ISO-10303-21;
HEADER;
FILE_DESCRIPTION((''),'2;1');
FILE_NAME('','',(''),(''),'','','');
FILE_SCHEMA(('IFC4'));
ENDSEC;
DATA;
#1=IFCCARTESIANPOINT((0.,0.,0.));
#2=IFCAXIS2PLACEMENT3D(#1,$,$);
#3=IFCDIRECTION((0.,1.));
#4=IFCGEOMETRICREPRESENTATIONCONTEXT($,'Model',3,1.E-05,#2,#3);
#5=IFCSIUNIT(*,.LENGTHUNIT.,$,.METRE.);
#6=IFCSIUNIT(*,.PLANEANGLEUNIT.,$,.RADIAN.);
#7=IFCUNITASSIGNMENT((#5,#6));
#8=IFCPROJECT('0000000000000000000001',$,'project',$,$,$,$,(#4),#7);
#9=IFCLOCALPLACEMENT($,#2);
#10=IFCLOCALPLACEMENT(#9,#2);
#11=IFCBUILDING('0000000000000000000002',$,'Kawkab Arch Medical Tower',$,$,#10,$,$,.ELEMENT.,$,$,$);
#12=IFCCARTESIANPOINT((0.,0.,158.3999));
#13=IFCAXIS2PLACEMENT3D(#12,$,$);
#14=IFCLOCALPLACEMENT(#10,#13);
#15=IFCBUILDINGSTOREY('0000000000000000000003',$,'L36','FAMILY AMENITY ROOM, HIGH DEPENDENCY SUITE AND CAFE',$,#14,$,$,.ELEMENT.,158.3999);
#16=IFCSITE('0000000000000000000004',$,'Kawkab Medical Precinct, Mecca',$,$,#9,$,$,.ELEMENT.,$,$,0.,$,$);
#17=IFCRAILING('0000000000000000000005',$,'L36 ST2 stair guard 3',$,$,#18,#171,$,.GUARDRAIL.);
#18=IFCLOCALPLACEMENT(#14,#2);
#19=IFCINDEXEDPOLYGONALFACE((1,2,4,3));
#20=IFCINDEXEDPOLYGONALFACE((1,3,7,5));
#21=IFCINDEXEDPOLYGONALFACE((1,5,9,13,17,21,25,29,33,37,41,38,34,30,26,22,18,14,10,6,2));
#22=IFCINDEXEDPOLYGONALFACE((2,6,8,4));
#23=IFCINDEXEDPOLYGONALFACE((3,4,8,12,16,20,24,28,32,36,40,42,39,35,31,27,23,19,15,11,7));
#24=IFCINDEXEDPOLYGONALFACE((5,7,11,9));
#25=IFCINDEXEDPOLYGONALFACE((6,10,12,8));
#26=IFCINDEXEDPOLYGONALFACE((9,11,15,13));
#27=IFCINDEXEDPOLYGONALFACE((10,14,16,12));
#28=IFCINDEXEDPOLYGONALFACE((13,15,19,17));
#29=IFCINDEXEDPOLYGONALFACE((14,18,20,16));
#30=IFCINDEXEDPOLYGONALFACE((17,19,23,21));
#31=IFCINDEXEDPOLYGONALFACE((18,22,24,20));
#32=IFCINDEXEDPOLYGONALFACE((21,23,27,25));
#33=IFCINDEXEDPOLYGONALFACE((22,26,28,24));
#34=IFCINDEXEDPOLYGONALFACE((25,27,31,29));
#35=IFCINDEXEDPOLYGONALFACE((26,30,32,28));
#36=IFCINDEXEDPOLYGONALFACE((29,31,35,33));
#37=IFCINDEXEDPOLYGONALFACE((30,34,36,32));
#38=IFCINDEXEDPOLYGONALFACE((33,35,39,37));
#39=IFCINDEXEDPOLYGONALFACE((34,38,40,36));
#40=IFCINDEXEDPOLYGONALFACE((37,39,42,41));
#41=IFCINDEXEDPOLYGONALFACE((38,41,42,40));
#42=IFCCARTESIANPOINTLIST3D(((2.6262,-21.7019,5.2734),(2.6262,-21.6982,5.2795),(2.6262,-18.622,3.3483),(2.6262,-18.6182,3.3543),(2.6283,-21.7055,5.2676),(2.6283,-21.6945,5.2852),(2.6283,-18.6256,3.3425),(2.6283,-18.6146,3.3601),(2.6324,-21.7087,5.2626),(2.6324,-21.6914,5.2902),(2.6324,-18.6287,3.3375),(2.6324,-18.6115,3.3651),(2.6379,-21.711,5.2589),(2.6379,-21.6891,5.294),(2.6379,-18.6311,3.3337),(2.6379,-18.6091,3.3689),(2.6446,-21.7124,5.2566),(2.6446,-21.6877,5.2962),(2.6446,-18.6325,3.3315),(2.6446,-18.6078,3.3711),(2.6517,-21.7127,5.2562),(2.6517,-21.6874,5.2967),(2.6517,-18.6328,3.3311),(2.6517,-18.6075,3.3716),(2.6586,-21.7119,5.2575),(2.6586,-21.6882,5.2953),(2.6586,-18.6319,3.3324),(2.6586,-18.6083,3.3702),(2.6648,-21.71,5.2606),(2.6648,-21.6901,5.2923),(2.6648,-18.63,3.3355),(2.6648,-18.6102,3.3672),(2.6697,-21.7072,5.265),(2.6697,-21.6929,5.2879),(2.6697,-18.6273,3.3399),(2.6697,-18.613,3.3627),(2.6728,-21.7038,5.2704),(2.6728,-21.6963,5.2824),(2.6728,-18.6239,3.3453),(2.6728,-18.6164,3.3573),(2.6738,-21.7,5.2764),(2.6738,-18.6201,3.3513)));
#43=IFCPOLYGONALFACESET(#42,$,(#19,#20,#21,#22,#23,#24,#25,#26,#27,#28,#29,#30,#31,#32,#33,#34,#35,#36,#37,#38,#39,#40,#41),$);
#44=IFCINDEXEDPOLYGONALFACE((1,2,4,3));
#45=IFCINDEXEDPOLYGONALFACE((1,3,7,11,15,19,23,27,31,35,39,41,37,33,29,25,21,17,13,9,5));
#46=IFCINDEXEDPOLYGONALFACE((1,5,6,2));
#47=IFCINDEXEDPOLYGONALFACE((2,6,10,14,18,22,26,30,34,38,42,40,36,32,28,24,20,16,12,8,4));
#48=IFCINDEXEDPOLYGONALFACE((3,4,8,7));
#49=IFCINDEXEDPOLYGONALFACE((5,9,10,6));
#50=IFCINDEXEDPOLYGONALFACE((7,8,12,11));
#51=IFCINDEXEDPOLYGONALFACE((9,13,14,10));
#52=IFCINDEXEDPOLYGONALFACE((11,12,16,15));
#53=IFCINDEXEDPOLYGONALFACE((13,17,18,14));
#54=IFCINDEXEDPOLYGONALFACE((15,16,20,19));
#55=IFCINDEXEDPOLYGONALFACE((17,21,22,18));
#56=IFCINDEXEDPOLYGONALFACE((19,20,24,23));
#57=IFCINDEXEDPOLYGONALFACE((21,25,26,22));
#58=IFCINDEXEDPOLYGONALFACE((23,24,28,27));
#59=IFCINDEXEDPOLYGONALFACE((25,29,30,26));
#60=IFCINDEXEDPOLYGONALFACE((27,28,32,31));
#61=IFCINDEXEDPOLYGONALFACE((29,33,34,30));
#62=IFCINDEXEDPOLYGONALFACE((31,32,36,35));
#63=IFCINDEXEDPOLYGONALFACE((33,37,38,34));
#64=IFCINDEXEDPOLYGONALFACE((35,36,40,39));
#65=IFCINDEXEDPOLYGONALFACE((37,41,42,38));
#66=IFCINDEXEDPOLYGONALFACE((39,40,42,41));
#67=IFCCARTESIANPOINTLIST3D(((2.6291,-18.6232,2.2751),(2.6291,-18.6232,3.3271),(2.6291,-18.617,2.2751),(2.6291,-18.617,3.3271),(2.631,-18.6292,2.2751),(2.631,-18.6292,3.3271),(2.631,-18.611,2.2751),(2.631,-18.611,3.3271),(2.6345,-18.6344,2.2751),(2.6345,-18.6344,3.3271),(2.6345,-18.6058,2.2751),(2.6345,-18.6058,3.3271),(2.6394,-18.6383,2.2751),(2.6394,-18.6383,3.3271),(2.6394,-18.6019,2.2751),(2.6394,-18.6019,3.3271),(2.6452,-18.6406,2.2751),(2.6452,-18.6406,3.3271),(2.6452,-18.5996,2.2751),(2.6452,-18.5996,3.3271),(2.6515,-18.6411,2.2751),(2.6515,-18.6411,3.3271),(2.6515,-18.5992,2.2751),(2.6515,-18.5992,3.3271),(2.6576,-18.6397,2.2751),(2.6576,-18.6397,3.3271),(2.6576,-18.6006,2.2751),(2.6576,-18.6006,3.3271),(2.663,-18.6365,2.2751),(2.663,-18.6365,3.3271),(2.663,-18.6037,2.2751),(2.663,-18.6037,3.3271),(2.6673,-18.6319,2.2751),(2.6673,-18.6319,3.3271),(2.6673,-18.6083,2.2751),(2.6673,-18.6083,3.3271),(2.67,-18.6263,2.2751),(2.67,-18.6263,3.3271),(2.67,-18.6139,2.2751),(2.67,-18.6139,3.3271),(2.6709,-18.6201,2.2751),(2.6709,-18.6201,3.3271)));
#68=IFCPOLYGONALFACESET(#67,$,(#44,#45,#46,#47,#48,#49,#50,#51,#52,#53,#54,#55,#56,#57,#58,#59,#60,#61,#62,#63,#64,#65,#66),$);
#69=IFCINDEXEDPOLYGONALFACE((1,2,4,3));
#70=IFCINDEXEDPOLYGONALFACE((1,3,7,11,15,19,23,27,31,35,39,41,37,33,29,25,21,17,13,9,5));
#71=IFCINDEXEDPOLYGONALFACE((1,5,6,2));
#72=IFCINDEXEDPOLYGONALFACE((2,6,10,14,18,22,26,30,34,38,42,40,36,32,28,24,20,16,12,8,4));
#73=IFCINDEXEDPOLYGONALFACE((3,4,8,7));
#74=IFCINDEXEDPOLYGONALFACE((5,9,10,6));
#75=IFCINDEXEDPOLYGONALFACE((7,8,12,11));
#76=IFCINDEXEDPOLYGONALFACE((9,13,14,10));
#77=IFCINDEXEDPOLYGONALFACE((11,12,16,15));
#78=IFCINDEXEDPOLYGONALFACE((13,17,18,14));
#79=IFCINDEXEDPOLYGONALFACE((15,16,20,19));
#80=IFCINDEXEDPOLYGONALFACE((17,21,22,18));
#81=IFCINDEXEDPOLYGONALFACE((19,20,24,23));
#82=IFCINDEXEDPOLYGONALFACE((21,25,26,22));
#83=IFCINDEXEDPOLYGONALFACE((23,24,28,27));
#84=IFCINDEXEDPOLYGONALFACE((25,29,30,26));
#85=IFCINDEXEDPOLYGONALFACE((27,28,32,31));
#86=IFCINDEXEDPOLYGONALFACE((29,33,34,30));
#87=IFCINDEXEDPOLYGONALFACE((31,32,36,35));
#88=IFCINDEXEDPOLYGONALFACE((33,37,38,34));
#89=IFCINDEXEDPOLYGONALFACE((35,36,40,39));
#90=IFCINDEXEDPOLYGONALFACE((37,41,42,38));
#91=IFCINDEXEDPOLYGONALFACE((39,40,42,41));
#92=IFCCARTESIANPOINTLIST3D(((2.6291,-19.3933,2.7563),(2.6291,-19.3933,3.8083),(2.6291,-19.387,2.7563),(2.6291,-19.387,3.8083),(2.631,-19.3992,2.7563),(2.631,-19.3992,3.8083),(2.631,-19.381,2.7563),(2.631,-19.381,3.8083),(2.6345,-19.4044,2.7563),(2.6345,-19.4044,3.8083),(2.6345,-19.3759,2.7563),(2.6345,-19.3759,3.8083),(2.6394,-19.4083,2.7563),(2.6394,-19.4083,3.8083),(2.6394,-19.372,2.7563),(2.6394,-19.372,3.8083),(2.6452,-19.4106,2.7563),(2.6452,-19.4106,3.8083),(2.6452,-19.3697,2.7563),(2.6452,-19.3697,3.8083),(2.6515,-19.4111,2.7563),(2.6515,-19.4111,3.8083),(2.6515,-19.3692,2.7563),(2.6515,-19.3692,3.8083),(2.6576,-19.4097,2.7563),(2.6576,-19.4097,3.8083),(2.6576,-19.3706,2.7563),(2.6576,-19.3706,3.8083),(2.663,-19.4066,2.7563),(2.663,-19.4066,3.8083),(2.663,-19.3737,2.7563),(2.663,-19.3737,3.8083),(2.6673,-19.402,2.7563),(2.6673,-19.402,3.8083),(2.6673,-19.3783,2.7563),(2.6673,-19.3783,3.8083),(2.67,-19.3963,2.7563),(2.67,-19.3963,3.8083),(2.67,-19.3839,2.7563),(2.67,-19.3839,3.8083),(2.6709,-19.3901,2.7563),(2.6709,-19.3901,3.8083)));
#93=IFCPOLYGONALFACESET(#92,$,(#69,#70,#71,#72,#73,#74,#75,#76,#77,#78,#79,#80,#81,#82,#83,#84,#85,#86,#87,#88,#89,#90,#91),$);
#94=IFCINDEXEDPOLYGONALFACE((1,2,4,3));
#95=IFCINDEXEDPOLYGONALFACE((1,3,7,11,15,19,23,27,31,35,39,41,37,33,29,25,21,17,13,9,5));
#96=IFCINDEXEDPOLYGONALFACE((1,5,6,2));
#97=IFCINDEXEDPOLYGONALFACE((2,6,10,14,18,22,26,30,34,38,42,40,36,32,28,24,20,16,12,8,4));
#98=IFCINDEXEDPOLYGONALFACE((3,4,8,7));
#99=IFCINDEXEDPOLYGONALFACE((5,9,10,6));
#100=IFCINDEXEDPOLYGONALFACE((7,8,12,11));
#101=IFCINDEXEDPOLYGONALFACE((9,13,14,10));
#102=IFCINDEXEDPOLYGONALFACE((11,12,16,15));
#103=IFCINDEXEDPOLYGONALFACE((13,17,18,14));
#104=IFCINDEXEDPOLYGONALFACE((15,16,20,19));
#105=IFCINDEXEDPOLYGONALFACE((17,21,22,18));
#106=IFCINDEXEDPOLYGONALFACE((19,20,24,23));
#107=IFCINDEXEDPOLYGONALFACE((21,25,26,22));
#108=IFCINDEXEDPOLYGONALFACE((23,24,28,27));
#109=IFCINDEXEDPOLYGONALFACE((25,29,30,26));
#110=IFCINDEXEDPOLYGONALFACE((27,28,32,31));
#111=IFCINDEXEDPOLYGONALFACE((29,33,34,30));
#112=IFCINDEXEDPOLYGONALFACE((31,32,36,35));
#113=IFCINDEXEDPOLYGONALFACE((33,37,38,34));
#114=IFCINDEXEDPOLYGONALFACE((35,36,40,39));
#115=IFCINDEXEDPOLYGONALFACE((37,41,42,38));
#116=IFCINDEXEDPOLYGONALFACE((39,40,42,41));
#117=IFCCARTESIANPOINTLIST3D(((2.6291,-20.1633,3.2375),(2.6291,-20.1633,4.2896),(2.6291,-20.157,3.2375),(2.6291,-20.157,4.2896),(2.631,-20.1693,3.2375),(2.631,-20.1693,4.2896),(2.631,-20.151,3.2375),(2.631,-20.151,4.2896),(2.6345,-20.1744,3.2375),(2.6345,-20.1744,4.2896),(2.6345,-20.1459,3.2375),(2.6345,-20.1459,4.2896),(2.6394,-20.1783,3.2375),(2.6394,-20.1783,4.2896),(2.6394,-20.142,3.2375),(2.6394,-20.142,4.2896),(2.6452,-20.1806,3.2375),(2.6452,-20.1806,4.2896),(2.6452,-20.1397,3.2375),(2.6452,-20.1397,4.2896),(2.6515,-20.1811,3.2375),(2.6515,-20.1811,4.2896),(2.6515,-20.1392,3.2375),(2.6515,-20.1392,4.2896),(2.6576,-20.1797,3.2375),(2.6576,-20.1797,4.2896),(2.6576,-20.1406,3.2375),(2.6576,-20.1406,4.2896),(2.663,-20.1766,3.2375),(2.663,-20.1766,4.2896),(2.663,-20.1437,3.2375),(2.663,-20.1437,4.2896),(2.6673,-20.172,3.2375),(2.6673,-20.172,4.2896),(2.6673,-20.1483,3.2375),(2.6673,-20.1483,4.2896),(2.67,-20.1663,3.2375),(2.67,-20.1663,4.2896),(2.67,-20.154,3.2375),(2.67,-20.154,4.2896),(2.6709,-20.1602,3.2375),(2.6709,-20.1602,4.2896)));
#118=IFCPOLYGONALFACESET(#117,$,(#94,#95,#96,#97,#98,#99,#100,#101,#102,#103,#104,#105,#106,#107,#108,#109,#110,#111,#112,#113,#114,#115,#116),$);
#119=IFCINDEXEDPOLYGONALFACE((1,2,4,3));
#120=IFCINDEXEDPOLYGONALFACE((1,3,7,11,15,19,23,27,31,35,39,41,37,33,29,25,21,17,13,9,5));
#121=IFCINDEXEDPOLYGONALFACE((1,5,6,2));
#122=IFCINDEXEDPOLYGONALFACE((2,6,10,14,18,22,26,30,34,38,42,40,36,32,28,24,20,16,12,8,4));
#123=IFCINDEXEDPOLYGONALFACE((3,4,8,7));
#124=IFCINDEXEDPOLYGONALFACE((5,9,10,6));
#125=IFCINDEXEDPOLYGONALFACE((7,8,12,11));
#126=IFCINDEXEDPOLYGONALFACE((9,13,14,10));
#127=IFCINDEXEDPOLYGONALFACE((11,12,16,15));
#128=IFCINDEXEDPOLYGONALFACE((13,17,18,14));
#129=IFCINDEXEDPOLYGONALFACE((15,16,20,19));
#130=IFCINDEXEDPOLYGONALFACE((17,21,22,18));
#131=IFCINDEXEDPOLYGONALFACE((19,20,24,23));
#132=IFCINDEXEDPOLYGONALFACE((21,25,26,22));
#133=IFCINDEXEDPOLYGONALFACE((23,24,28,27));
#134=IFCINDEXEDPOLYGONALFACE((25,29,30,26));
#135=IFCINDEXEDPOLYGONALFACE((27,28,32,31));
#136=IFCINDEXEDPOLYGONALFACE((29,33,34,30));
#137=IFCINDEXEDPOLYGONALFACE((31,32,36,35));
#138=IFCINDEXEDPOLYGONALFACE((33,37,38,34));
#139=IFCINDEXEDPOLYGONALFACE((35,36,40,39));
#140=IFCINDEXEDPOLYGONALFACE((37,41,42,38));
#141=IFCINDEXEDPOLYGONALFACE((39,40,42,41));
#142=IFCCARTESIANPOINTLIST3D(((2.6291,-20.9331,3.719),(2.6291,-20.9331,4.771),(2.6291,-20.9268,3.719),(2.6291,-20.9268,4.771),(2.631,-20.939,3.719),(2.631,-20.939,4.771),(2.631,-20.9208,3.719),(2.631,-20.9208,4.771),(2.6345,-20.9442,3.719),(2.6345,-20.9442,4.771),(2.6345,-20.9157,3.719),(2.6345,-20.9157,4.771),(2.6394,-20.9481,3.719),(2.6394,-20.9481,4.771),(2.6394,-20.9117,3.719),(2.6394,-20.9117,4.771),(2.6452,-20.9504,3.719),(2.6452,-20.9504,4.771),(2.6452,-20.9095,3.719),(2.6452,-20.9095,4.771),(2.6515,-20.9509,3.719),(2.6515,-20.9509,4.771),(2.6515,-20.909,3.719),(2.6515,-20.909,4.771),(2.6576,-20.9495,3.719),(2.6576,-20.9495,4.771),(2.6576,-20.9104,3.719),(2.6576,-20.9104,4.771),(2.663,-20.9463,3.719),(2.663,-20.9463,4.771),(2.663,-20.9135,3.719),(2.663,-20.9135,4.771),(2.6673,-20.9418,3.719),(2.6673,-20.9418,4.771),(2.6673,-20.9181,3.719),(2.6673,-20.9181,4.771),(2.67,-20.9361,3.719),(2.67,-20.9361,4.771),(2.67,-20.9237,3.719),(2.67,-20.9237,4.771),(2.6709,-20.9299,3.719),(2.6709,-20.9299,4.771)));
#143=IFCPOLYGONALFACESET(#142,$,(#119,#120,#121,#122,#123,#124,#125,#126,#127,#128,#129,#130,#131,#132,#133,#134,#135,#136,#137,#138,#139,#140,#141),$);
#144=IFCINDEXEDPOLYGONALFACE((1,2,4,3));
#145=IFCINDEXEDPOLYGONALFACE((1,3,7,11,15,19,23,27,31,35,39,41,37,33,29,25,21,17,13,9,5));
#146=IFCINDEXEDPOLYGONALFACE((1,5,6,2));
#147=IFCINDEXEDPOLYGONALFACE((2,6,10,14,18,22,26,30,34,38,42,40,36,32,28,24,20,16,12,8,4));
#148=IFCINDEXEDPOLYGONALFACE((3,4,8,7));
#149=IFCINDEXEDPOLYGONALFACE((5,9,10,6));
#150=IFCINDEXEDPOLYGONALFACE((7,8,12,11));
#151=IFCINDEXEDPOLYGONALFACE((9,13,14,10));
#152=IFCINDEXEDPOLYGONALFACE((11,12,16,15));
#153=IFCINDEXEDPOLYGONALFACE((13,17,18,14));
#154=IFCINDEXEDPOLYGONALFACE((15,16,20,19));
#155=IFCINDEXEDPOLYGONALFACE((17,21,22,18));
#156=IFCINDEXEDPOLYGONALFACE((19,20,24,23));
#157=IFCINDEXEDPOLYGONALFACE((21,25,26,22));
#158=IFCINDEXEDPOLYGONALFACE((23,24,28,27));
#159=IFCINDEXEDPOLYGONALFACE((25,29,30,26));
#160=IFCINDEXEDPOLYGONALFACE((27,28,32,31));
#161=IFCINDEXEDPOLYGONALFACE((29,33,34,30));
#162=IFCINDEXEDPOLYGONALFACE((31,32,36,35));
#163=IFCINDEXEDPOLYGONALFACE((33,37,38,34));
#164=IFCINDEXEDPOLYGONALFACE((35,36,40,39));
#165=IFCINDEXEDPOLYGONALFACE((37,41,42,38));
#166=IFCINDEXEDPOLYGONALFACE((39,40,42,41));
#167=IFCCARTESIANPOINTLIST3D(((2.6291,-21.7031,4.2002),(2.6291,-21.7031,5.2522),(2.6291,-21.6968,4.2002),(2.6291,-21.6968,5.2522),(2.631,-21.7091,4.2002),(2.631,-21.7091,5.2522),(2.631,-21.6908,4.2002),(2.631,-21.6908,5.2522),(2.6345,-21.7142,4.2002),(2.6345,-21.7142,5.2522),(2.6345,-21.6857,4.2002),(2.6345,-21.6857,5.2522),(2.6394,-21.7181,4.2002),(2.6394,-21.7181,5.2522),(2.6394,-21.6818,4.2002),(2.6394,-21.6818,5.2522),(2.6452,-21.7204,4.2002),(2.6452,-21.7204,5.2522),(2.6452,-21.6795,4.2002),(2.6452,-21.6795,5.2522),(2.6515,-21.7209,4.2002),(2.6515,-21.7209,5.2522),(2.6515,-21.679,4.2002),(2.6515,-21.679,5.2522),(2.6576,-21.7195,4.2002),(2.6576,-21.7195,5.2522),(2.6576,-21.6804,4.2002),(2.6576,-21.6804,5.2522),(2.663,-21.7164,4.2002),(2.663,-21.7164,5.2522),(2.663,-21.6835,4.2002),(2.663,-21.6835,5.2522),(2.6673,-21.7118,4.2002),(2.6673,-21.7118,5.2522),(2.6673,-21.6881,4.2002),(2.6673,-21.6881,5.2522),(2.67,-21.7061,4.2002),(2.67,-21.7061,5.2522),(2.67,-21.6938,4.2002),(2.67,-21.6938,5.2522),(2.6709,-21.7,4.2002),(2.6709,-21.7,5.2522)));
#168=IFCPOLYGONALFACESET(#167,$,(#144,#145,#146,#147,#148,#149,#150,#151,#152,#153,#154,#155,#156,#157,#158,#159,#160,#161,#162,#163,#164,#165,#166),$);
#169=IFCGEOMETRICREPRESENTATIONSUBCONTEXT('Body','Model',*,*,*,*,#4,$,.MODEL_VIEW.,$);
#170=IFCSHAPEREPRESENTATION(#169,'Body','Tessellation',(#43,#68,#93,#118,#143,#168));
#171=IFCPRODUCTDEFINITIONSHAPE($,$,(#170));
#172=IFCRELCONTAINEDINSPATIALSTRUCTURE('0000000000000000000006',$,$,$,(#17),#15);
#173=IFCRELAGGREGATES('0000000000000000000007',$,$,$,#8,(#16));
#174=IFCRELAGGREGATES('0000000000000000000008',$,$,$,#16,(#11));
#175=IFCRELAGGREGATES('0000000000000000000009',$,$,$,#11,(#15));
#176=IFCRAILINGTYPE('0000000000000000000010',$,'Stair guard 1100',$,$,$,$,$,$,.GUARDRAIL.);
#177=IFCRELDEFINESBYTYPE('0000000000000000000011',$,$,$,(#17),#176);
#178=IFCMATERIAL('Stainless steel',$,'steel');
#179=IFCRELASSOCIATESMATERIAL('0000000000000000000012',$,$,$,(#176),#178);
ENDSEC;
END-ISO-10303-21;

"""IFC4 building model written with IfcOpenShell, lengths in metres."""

from ifc_helpers import new_model, si_unit, direction, frame, origin, origin_2d, place, context, subcontext, project, spatial, circle, extrude, material, type_object, element, save


model = new_model("IFC4")

# Units and contexts
model_context = context("Model", 3, precision=1e-05, world=origin(), true_north=direction((0.0, 1.0)))
body_context = subcontext(model_context, "Body", "Model", "MODEL_VIEW")
ifc_project = project(units=[si_unit("LENGTHUNIT", "METRE"), si_unit("PLANEANGLEUNIT", "RADIAN")], contexts=[model_context])

# Site, building, storey
site_placement = place(None, origin())
site = spatial("IfcSite", under=ifc_project, at=site_placement, Name="Kawkab Medical Precinct, Mecca", CompositionType="ELEMENT", RefElevation=0.0)
building_placement = place(site_placement, origin())
building = spatial("IfcBuilding", under=site, at=building_placement, Name="Kawkab Arch Medical Tower", CompositionType="ELEMENT")
storey_placement = place(building_placement, frame((0.0, 0.0, 158.3999)))
storey = spatial("IfcBuildingStorey", under=building, at=storey_placement, Name="L36", Description="FAMILY AMENITY ROOM, HIGH DEPENDENCY SUITE AND CAFE", CompositionType="ELEMENT", Elevation=158.3999)

# Railing
ifc_material_1 = material(Name="Stainless steel", Category="steel")
railing_type_1 = type_object("IfcRailingType", Name="Stair guard 1100", PredefinedType="GUARDRAIL", material=ifc_material_1)
railing_1_placement = place(storey_placement, frame((2.6499, -18.6201, 2.2751)))
element("IfcRailing", 1, at=railing_1_placement, inside=storey, type_object=railing_type_1, Name="L36 ST2 stair guard 3", PredefinedType="GUARDRAIL", context=body_context, shape_type="SweptSolid", body=[
    extrude(circle(Radius=0.0239, at=origin_2d()), frame((0.0, 0.0, 1.0762), z_axis=(0.0, -0.847979, 0.530029), x_axis=(1.0, 0.0, 0.0)), (0.0, 0.0, 1.0), 3.6321),
    extrude(circle(Radius=0.021, at=origin_2d()), origin(), (0.0, 0.0, 1.0), 1.052),
    extrude(circle(Radius=0.021, at=origin_2d()), frame((0.0, -0.77, 0.4812)), (0.0, 0.0, 1.0), 1.052),
    extrude(circle(Radius=0.021, at=origin_2d()), frame((0.0, -1.54, 0.9624)), (0.0, 0.0, 1.0), 1.052),
    extrude(circle(Radius=0.021, at=origin_2d()), frame((0.0, -2.3098, 1.4438)), (0.0, 0.0, 1.0), 1.052),
    extrude(circle(Radius=0.021, at=origin_2d()), frame((0.0, -3.0798, 1.925)), (0.0, 0.0, 1.0), 1.052),
])

save(model, "model.ifc")
